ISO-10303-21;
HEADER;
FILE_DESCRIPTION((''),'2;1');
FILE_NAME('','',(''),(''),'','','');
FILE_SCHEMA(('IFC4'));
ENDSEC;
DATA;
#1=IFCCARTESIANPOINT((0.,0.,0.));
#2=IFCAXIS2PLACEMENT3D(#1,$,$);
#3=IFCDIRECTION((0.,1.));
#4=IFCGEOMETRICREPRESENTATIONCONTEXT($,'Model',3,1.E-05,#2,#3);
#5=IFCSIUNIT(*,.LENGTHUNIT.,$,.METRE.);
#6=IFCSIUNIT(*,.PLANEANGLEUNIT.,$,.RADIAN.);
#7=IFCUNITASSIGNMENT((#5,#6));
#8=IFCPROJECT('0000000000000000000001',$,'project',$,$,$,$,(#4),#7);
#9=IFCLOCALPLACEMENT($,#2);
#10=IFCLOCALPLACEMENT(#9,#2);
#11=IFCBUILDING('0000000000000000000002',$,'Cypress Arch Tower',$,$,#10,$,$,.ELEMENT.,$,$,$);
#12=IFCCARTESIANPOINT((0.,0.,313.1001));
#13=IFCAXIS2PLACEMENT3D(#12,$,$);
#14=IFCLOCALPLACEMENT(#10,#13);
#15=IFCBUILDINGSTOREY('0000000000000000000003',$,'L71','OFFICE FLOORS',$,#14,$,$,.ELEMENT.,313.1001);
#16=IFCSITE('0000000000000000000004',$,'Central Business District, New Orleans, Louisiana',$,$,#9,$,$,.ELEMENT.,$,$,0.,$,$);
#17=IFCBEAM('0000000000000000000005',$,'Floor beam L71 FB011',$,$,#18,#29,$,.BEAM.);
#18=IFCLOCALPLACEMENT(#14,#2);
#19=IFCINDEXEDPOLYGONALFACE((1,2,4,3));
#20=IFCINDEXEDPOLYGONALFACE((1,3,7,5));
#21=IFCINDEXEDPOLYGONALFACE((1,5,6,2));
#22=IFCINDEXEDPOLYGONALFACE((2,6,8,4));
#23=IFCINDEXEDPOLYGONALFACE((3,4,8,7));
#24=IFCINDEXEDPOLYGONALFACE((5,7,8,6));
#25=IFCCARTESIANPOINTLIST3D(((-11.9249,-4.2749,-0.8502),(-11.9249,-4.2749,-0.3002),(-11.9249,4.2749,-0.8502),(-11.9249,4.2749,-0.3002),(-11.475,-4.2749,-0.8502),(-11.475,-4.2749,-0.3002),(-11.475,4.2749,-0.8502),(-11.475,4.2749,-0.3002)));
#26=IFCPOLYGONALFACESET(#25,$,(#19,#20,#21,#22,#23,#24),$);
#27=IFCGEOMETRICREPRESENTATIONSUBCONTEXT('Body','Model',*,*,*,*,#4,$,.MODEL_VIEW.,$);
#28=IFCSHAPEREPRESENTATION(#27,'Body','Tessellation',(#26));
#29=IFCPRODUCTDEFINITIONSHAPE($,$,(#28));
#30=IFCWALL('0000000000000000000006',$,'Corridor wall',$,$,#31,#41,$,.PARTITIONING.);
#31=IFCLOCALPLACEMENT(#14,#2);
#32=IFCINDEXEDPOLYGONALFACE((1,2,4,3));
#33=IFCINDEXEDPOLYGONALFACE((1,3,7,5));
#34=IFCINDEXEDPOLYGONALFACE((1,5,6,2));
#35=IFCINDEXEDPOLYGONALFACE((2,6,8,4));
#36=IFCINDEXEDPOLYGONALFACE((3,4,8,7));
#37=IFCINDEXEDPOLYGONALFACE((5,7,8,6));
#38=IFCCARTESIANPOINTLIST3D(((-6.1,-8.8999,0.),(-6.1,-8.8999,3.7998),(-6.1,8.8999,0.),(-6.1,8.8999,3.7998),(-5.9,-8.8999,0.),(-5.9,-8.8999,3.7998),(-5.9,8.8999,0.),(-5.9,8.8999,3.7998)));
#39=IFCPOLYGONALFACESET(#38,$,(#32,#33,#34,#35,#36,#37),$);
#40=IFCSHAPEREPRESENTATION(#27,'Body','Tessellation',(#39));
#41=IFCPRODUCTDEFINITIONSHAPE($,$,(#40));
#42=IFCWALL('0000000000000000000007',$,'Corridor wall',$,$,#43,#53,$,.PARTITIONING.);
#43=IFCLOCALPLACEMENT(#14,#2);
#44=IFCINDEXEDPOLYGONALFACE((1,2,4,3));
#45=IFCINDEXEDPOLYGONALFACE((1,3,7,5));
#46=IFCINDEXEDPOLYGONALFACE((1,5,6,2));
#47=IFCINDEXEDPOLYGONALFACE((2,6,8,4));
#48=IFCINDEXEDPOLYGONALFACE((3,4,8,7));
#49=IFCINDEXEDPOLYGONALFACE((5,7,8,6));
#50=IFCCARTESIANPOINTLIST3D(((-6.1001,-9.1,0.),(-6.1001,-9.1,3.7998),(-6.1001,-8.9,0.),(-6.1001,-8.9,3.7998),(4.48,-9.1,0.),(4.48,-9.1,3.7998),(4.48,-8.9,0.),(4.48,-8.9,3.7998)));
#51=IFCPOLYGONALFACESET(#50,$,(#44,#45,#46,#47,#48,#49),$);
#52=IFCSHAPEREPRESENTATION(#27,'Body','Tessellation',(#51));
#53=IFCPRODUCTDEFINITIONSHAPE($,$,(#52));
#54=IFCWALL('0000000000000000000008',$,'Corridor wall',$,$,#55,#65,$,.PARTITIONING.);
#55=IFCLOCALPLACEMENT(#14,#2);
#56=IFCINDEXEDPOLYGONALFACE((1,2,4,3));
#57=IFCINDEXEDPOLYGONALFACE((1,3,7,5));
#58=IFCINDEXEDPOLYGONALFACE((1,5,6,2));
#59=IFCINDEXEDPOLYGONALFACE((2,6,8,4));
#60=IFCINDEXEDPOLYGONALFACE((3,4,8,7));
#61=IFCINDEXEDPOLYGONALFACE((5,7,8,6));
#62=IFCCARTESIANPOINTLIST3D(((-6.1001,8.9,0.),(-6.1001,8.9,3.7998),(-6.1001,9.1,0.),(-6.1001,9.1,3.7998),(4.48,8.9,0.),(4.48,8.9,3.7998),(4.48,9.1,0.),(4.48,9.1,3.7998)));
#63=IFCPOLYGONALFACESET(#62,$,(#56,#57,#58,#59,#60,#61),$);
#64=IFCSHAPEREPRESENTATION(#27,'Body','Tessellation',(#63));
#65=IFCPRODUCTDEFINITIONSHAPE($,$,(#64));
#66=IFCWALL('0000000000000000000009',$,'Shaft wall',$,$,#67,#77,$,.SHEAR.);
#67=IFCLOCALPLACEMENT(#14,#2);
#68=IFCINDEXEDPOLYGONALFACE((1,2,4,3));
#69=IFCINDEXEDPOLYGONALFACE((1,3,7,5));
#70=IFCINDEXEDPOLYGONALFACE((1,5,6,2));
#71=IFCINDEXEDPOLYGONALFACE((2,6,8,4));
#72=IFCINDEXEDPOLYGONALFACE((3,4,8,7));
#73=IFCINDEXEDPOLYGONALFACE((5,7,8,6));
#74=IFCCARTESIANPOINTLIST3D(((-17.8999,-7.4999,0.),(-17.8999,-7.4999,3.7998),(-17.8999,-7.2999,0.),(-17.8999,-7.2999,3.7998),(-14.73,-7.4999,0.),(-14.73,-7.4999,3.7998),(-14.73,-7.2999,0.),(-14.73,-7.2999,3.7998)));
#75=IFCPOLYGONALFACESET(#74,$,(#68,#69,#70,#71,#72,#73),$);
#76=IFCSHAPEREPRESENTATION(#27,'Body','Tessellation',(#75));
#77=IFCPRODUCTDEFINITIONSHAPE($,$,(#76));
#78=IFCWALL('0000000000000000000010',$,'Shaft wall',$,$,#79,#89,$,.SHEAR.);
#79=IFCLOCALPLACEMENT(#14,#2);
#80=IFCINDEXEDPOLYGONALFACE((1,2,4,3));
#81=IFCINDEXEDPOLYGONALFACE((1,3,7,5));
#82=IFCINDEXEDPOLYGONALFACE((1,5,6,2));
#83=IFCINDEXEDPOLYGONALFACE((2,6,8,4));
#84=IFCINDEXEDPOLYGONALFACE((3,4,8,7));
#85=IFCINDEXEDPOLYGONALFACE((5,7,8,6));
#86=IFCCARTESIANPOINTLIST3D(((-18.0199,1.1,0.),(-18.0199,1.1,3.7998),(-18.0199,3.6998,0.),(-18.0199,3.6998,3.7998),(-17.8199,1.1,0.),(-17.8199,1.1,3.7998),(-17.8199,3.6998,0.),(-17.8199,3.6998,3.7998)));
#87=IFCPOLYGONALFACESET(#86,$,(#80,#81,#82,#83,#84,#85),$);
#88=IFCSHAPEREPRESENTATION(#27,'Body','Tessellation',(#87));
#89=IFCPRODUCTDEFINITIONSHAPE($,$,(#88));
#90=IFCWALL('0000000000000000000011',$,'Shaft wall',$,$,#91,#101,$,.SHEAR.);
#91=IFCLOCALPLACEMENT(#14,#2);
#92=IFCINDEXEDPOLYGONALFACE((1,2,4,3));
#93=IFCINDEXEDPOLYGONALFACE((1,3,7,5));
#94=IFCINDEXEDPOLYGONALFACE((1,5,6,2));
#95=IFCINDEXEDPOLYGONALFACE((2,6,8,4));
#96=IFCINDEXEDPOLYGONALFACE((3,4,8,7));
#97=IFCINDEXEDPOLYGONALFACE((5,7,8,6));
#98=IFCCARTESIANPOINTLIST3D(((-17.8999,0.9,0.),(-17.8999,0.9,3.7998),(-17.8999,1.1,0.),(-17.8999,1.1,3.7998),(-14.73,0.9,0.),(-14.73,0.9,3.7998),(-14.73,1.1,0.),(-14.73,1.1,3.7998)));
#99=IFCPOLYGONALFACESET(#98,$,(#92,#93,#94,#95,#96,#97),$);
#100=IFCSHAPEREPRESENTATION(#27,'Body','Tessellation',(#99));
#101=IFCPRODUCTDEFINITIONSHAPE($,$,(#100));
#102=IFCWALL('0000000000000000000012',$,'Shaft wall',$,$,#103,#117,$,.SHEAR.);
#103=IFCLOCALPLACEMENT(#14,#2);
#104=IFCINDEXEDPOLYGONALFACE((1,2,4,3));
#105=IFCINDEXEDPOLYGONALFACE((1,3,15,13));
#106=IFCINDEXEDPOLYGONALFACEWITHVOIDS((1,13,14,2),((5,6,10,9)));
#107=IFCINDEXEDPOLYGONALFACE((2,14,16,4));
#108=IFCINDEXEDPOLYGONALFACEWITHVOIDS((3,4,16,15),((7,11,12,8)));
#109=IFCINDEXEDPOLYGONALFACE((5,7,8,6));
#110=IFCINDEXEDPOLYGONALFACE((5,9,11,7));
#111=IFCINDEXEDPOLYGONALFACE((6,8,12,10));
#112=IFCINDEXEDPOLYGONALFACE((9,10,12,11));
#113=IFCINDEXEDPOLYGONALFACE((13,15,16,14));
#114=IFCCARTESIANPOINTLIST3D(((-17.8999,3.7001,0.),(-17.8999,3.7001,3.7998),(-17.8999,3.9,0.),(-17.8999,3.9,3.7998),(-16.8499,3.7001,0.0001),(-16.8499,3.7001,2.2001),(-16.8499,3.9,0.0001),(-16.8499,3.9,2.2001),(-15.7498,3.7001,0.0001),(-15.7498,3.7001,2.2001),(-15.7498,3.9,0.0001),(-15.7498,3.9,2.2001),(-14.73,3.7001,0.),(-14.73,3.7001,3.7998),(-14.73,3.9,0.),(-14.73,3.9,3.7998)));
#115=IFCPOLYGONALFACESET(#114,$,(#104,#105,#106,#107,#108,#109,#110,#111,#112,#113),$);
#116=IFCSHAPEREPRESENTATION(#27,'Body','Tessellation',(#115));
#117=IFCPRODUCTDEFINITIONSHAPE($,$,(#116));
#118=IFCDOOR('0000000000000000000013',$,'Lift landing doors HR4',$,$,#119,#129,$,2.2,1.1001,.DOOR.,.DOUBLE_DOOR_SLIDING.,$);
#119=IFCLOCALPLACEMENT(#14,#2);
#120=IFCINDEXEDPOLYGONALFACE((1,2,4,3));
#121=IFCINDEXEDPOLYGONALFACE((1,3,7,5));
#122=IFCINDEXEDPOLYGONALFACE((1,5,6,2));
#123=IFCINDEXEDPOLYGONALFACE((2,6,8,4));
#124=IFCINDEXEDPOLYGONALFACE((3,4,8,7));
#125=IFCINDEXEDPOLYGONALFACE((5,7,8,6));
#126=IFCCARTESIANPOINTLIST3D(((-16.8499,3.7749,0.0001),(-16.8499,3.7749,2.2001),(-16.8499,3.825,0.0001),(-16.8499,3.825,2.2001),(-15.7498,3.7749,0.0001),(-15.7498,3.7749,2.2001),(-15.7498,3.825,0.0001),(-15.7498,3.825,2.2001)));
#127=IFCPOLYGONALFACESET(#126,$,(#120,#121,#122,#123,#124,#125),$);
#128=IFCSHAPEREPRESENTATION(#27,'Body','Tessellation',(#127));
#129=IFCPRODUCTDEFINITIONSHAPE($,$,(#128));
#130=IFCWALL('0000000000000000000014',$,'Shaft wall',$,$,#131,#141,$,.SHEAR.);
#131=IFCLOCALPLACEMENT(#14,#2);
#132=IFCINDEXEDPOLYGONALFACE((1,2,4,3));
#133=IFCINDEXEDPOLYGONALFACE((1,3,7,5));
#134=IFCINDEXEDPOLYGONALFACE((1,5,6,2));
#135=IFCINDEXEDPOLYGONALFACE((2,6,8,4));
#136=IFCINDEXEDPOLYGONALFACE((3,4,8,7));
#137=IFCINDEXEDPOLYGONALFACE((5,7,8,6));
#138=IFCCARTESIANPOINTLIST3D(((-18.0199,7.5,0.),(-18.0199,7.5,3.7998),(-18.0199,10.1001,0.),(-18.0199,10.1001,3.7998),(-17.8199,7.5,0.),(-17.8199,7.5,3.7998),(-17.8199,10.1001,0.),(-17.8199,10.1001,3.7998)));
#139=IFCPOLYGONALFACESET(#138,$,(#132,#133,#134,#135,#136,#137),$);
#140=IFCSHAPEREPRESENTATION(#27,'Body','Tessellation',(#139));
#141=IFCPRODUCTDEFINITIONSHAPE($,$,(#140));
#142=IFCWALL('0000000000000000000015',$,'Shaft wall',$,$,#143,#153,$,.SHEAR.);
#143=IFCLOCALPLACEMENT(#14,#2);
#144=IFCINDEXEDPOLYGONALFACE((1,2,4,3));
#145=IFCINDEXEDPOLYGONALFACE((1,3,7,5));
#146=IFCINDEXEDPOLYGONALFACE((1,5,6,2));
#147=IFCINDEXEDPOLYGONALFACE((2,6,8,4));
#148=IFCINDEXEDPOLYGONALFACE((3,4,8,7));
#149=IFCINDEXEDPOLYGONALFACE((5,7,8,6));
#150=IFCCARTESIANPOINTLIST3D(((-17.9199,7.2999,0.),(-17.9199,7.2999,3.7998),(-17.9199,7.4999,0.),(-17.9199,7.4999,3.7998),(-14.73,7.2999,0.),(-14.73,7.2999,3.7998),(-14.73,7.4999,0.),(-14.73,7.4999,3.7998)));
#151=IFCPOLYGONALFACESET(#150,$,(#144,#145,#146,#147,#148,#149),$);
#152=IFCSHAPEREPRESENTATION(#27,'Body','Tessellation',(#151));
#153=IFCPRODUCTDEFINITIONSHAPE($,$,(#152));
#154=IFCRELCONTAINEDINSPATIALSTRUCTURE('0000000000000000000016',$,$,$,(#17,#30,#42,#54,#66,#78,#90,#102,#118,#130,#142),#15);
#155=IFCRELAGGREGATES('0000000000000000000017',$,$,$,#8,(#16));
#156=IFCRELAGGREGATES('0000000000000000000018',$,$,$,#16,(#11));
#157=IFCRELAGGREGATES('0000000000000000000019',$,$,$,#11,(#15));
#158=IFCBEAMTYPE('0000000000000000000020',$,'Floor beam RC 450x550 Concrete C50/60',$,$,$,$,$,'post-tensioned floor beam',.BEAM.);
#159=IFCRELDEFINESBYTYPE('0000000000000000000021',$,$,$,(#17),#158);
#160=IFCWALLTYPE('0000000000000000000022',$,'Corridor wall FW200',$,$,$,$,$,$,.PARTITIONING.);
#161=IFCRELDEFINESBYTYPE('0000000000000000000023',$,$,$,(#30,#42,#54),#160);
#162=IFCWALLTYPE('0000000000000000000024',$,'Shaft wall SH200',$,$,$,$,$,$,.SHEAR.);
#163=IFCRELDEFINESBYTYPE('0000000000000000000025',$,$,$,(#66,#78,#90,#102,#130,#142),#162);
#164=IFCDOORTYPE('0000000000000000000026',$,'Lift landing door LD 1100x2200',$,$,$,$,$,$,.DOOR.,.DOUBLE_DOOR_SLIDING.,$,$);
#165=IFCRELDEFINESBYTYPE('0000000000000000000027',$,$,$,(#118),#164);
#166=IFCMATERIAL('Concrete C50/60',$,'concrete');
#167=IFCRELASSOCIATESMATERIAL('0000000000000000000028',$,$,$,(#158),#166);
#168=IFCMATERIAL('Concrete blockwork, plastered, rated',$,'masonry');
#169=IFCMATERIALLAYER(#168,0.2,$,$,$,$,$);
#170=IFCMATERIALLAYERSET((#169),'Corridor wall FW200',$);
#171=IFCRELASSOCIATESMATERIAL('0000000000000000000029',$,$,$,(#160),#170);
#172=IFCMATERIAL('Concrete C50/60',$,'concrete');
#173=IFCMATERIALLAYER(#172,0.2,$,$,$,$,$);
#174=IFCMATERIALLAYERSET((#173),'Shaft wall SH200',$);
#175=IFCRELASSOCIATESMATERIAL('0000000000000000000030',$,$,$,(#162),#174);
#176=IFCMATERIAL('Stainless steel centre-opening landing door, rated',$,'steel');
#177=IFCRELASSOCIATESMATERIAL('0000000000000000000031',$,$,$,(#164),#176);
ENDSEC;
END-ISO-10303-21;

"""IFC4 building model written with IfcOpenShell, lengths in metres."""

from ifc_helpers import new_model, si_unit, direction, frame, frame_2d, origin, origin_2d, place, context, subcontext, project, spatial, rectangle, extrude, material, layer, layer_set, material_profile, profile_set, type_object, element, fill, save


model = new_model("IFC4")

# Units and contexts
model_context = context("Model", 3, precision=1e-05, world=origin(), true_north=direction((0.0, 1.0)))
body_context = subcontext(model_context, "Body", "Model", "MODEL_VIEW")
ifc_project = project(units=[si_unit("LENGTHUNIT", "METRE"), si_unit("PLANEANGLEUNIT", "RADIAN")], contexts=[model_context])

# Site, building, storey
site_placement = place(None, origin())
site = spatial("IfcSite", under=ifc_project, at=site_placement, Name="Central Business District, New Orleans, Louisiana", CompositionType="ELEMENT", RefElevation=0.0)
building_placement = place(site_placement, origin())
building = spatial("IfcBuilding", under=site, at=building_placement, Name="Cypress Arch Tower", CompositionType="ELEMENT")
storey_placement = place(building_placement, frame((0.0, 0.0, 313.1001)))
storey = spatial("IfcBuildingStorey", under=building, at=storey_placement, Name="L71", Description="OFFICE FLOORS", CompositionType="ELEMENT", Elevation=313.1001)

# Beam
ifc_material_1 = material(Name="Concrete C50/60", Category="concrete")
ifc_material_profile_1 = material_profile(ifc_material_1, rectangle(XDim=0.45, YDim=0.55, at=origin_2d()), Name="RC 450x550")
ifc_profile_set_1 = profile_set([ifc_material_profile_1], Name="Concrete C50/60")
beam_type = type_object("IfcBeamType", Name="Floor beam RC 450x550 Concrete C50/60", ElementType="post-tensioned floor beam", PredefinedType="BEAM", material=ifc_profile_set_1)
beam_placement = place(storey_placement, frame((-11.7, -4.2749, -0.5752), z_axis=(0.0, 1.0, 0.0), x_axis=(-1.0, 0.0, 0.0)))
element("IfcBeam", 1, at=beam_placement, inside=storey, type_object=beam_type, Name="Floor beam L71 FB011", PredefinedType="BEAM", context=body_context, shape_type="SweptSolid", body=[
    extrude(rectangle(XDim=0.45, YDim=0.55, at=origin_2d()), origin(), (0.0, 0.0, 1.0), 8.5498),
])

# Walls
ifc_material_2 = material(Name="Concrete blockwork, plastered, rated", Category="masonry")
ifc_layer_1 = layer(ifc_material_2, 0.2)
ifc_layer_set_1 = layer_set([ifc_layer_1], Name="Corridor wall FW200")
wall_type_1 = type_object("IfcWallType", Name="Corridor wall FW200", PredefinedType="PARTITIONING", material=ifc_layer_set_1)
wall_1_placement = place(storey_placement, frame((-6.0, -8.8999, 0.0), z_axis=(0.0, 0.0, 1.0), x_axis=(0.0, 1.0, 0.0)))
element("IfcWall", 2, at=wall_1_placement, inside=storey, type_object=wall_type_1, Name="Corridor wall", PredefinedType="PARTITIONING", context=body_context, shape_type="SweptSolid", body=[
    extrude(rectangle(XDim=17.7998, YDim=0.2, at=frame_2d((8.8999, 0.0))), origin(), (0.0, 0.0, 1.0), 3.7998),
])
for number, where, z_axis, x_axis, name in (
    (3, (-6.1001, -9.0, 0.0), (0.0, 0.0, 1.0), (1.0, 0.0, 0.0), "Corridor wall"),
    (4, (-6.1001, 9.0, 0.0), (0.0, 0.0, 1.0), (1.0, 0.0, 0.0), "Corridor wall"),
):
    element("IfcWall", number, at=place(storey_placement, frame(where, z_axis=z_axis, x_axis=x_axis)), inside=storey, type_object=wall_type_1, Name=name, PredefinedType="PARTITIONING", context=body_context, shape_type="SweptSolid", body=[
        extrude(rectangle(XDim=10.5801, YDim=0.2, at=frame_2d((5.29, 0.0))), origin(), (0.0, 0.0, 1.0), 3.7998),
    ])
ifc_material_3 = material(Name="Concrete C50/60", Category="concrete")
ifc_layer_2 = layer(ifc_material_3, 0.2)
ifc_layer_set_2 = layer_set([ifc_layer_2], Name="Shaft wall SH200")
wall_type_2 = type_object("IfcWallType", Name="Shaft wall SH200", PredefinedType="SHEAR", material=ifc_layer_set_2)
wall_2_placement = place(storey_placement, frame((-17.8999, -7.3999, 0.0), z_axis=(0.0, 0.0, 1.0), x_axis=(1.0, 0.0, 0.0)))
element("IfcWall", 5, at=wall_2_placement, inside=storey, type_object=wall_type_2, Name="Shaft wall", PredefinedType="SHEAR", context=body_context, shape_type="SweptSolid", body=[
    extrude(rectangle(XDim=3.1699, YDim=0.2, at=frame_2d((1.585, 0.0))), origin(), (0.0, 0.0, 1.0), 3.7998),
])
wall_3_placement = place(storey_placement, frame((-17.9199, 1.1001, 0.0), z_axis=(0.0, 0.0, 1.0), x_axis=(0.0, 1.0, 0.0)))
element("IfcWall", 6, at=wall_3_placement, inside=storey, type_object=wall_type_2, Name="Shaft wall", PredefinedType="SHEAR", context=body_context, shape_type="SweptSolid", body=[
    extrude(rectangle(XDim=2.5999, YDim=0.2, at=frame_2d((1.2998, 0.0))), origin(), (0.0, 0.0, 1.0), 3.7998),
])
wall_4_placement = place(storey_placement, frame((-17.8999, 1.0, 0.0), z_axis=(0.0, 0.0, 1.0), x_axis=(1.0, 0.0, 0.0)))
element("IfcWall", 7, at=wall_4_placement, inside=storey, type_object=wall_type_2, Name="Shaft wall", PredefinedType="SHEAR", context=body_context, shape_type="SweptSolid", body=[
    extrude(rectangle(XDim=3.1699, YDim=0.2, at=frame_2d((1.585, 0.0))), origin(), (0.0, 0.0, 1.0), 3.7998),
])

# Wall, opening, door
wall_5_placement = place(storey_placement, frame((-17.8999, 3.8, 0.0), z_axis=(0.0, 0.0, 1.0), x_axis=(1.0, 0.0, 0.0)))
wall_5 = element("IfcWall", 8, at=wall_5_placement, inside=storey, type_object=wall_type_2, Name="Shaft wall", PredefinedType="SHEAR", context=body_context, shape_type="SweptSolid", body=[
    extrude(rectangle(XDim=3.1699, YDim=0.2, at=frame_2d((1.585, 0.0))), origin(), (0.0, 0.0, 1.0), 3.7998),
])
opening_placement = place(wall_5_placement, frame((1.05, 0.0, 0.0)))
opening = element("IfcOpeningElement", 9, at=opening_placement, cuts=wall_5, PredefinedType="OPENING", context=body_context, shape_type="SweptSolid", body=[
    extrude(rectangle(XDim=1.1001, YDim=2.2, at=frame_2d((0.55, 1.1001))), frame((0.0, 0.1099, 0.0), z_axis=(0.0, -1.0, 0.0), x_axis=(1.0, 0.0, 0.0)), (0.0, 0.0, 1.0), 0.22),
])
ifc_material_4 = material(Name="Stainless steel centre-opening landing door, rated", Category="steel")
door_type = type_object("IfcDoorType", Name="Lift landing door LD 1100x2200", OperationType="DOUBLE_DOOR_SLIDING", PredefinedType="DOOR", material=ifc_material_4)
door_placement = place(opening_placement, origin())
door = element("IfcDoor", 10, at=door_placement, inside=storey, type_object=door_type, Name="Lift landing doors HR4", OperationType="DOUBLE_DOOR_SLIDING", OverallHeight=2.2, OverallWidth=1.1001, PredefinedType="DOOR", context=body_context, shape_type="SweptSolid", body=[
    extrude(rectangle(XDim=1.1001, YDim=2.2, at=frame_2d((0.55, 1.1001))), frame((0.0, 0.0249, 0.0), z_axis=(0.0, -1.0, 0.0), x_axis=(1.0, 0.0, 0.0)), (0.0, 0.0, 1.0), 0.05),
])
fill(opening, door)

# Walls
wall_6_placement = place(storey_placement, frame((-17.9199, 7.5, 0.0), z_axis=(0.0, 0.0, 1.0), x_axis=(0.0, 1.0, 0.0)))
element("IfcWall", 11, at=wall_6_placement, inside=storey, type_object=wall_type_2, Name="Shaft wall", PredefinedType="SHEAR", context=body_context, shape_type="SweptSolid", body=[
    extrude(rectangle(XDim=2.6001, YDim=0.2, at=frame_2d((1.3, 0.0))), origin(), (0.0, 0.0, 1.0), 3.7998),
])
wall_7_placement = place(storey_placement, frame((-17.9199, 7.3999, 0.0), z_axis=(0.0, 0.0, 1.0), x_axis=(1.0, 0.0, 0.0)))
element("IfcWall", 12, at=wall_7_placement, inside=storey, type_object=wall_type_2, Name="Shaft wall", PredefinedType="SHEAR", context=body_context, shape_type="SweptSolid", body=[
    extrude(rectangle(XDim=3.1899, YDim=0.2, at=frame_2d((1.595, 0.0))), origin(), (0.0, 0.0, 1.0), 3.7998),
])

save(model, "model.ifc")
